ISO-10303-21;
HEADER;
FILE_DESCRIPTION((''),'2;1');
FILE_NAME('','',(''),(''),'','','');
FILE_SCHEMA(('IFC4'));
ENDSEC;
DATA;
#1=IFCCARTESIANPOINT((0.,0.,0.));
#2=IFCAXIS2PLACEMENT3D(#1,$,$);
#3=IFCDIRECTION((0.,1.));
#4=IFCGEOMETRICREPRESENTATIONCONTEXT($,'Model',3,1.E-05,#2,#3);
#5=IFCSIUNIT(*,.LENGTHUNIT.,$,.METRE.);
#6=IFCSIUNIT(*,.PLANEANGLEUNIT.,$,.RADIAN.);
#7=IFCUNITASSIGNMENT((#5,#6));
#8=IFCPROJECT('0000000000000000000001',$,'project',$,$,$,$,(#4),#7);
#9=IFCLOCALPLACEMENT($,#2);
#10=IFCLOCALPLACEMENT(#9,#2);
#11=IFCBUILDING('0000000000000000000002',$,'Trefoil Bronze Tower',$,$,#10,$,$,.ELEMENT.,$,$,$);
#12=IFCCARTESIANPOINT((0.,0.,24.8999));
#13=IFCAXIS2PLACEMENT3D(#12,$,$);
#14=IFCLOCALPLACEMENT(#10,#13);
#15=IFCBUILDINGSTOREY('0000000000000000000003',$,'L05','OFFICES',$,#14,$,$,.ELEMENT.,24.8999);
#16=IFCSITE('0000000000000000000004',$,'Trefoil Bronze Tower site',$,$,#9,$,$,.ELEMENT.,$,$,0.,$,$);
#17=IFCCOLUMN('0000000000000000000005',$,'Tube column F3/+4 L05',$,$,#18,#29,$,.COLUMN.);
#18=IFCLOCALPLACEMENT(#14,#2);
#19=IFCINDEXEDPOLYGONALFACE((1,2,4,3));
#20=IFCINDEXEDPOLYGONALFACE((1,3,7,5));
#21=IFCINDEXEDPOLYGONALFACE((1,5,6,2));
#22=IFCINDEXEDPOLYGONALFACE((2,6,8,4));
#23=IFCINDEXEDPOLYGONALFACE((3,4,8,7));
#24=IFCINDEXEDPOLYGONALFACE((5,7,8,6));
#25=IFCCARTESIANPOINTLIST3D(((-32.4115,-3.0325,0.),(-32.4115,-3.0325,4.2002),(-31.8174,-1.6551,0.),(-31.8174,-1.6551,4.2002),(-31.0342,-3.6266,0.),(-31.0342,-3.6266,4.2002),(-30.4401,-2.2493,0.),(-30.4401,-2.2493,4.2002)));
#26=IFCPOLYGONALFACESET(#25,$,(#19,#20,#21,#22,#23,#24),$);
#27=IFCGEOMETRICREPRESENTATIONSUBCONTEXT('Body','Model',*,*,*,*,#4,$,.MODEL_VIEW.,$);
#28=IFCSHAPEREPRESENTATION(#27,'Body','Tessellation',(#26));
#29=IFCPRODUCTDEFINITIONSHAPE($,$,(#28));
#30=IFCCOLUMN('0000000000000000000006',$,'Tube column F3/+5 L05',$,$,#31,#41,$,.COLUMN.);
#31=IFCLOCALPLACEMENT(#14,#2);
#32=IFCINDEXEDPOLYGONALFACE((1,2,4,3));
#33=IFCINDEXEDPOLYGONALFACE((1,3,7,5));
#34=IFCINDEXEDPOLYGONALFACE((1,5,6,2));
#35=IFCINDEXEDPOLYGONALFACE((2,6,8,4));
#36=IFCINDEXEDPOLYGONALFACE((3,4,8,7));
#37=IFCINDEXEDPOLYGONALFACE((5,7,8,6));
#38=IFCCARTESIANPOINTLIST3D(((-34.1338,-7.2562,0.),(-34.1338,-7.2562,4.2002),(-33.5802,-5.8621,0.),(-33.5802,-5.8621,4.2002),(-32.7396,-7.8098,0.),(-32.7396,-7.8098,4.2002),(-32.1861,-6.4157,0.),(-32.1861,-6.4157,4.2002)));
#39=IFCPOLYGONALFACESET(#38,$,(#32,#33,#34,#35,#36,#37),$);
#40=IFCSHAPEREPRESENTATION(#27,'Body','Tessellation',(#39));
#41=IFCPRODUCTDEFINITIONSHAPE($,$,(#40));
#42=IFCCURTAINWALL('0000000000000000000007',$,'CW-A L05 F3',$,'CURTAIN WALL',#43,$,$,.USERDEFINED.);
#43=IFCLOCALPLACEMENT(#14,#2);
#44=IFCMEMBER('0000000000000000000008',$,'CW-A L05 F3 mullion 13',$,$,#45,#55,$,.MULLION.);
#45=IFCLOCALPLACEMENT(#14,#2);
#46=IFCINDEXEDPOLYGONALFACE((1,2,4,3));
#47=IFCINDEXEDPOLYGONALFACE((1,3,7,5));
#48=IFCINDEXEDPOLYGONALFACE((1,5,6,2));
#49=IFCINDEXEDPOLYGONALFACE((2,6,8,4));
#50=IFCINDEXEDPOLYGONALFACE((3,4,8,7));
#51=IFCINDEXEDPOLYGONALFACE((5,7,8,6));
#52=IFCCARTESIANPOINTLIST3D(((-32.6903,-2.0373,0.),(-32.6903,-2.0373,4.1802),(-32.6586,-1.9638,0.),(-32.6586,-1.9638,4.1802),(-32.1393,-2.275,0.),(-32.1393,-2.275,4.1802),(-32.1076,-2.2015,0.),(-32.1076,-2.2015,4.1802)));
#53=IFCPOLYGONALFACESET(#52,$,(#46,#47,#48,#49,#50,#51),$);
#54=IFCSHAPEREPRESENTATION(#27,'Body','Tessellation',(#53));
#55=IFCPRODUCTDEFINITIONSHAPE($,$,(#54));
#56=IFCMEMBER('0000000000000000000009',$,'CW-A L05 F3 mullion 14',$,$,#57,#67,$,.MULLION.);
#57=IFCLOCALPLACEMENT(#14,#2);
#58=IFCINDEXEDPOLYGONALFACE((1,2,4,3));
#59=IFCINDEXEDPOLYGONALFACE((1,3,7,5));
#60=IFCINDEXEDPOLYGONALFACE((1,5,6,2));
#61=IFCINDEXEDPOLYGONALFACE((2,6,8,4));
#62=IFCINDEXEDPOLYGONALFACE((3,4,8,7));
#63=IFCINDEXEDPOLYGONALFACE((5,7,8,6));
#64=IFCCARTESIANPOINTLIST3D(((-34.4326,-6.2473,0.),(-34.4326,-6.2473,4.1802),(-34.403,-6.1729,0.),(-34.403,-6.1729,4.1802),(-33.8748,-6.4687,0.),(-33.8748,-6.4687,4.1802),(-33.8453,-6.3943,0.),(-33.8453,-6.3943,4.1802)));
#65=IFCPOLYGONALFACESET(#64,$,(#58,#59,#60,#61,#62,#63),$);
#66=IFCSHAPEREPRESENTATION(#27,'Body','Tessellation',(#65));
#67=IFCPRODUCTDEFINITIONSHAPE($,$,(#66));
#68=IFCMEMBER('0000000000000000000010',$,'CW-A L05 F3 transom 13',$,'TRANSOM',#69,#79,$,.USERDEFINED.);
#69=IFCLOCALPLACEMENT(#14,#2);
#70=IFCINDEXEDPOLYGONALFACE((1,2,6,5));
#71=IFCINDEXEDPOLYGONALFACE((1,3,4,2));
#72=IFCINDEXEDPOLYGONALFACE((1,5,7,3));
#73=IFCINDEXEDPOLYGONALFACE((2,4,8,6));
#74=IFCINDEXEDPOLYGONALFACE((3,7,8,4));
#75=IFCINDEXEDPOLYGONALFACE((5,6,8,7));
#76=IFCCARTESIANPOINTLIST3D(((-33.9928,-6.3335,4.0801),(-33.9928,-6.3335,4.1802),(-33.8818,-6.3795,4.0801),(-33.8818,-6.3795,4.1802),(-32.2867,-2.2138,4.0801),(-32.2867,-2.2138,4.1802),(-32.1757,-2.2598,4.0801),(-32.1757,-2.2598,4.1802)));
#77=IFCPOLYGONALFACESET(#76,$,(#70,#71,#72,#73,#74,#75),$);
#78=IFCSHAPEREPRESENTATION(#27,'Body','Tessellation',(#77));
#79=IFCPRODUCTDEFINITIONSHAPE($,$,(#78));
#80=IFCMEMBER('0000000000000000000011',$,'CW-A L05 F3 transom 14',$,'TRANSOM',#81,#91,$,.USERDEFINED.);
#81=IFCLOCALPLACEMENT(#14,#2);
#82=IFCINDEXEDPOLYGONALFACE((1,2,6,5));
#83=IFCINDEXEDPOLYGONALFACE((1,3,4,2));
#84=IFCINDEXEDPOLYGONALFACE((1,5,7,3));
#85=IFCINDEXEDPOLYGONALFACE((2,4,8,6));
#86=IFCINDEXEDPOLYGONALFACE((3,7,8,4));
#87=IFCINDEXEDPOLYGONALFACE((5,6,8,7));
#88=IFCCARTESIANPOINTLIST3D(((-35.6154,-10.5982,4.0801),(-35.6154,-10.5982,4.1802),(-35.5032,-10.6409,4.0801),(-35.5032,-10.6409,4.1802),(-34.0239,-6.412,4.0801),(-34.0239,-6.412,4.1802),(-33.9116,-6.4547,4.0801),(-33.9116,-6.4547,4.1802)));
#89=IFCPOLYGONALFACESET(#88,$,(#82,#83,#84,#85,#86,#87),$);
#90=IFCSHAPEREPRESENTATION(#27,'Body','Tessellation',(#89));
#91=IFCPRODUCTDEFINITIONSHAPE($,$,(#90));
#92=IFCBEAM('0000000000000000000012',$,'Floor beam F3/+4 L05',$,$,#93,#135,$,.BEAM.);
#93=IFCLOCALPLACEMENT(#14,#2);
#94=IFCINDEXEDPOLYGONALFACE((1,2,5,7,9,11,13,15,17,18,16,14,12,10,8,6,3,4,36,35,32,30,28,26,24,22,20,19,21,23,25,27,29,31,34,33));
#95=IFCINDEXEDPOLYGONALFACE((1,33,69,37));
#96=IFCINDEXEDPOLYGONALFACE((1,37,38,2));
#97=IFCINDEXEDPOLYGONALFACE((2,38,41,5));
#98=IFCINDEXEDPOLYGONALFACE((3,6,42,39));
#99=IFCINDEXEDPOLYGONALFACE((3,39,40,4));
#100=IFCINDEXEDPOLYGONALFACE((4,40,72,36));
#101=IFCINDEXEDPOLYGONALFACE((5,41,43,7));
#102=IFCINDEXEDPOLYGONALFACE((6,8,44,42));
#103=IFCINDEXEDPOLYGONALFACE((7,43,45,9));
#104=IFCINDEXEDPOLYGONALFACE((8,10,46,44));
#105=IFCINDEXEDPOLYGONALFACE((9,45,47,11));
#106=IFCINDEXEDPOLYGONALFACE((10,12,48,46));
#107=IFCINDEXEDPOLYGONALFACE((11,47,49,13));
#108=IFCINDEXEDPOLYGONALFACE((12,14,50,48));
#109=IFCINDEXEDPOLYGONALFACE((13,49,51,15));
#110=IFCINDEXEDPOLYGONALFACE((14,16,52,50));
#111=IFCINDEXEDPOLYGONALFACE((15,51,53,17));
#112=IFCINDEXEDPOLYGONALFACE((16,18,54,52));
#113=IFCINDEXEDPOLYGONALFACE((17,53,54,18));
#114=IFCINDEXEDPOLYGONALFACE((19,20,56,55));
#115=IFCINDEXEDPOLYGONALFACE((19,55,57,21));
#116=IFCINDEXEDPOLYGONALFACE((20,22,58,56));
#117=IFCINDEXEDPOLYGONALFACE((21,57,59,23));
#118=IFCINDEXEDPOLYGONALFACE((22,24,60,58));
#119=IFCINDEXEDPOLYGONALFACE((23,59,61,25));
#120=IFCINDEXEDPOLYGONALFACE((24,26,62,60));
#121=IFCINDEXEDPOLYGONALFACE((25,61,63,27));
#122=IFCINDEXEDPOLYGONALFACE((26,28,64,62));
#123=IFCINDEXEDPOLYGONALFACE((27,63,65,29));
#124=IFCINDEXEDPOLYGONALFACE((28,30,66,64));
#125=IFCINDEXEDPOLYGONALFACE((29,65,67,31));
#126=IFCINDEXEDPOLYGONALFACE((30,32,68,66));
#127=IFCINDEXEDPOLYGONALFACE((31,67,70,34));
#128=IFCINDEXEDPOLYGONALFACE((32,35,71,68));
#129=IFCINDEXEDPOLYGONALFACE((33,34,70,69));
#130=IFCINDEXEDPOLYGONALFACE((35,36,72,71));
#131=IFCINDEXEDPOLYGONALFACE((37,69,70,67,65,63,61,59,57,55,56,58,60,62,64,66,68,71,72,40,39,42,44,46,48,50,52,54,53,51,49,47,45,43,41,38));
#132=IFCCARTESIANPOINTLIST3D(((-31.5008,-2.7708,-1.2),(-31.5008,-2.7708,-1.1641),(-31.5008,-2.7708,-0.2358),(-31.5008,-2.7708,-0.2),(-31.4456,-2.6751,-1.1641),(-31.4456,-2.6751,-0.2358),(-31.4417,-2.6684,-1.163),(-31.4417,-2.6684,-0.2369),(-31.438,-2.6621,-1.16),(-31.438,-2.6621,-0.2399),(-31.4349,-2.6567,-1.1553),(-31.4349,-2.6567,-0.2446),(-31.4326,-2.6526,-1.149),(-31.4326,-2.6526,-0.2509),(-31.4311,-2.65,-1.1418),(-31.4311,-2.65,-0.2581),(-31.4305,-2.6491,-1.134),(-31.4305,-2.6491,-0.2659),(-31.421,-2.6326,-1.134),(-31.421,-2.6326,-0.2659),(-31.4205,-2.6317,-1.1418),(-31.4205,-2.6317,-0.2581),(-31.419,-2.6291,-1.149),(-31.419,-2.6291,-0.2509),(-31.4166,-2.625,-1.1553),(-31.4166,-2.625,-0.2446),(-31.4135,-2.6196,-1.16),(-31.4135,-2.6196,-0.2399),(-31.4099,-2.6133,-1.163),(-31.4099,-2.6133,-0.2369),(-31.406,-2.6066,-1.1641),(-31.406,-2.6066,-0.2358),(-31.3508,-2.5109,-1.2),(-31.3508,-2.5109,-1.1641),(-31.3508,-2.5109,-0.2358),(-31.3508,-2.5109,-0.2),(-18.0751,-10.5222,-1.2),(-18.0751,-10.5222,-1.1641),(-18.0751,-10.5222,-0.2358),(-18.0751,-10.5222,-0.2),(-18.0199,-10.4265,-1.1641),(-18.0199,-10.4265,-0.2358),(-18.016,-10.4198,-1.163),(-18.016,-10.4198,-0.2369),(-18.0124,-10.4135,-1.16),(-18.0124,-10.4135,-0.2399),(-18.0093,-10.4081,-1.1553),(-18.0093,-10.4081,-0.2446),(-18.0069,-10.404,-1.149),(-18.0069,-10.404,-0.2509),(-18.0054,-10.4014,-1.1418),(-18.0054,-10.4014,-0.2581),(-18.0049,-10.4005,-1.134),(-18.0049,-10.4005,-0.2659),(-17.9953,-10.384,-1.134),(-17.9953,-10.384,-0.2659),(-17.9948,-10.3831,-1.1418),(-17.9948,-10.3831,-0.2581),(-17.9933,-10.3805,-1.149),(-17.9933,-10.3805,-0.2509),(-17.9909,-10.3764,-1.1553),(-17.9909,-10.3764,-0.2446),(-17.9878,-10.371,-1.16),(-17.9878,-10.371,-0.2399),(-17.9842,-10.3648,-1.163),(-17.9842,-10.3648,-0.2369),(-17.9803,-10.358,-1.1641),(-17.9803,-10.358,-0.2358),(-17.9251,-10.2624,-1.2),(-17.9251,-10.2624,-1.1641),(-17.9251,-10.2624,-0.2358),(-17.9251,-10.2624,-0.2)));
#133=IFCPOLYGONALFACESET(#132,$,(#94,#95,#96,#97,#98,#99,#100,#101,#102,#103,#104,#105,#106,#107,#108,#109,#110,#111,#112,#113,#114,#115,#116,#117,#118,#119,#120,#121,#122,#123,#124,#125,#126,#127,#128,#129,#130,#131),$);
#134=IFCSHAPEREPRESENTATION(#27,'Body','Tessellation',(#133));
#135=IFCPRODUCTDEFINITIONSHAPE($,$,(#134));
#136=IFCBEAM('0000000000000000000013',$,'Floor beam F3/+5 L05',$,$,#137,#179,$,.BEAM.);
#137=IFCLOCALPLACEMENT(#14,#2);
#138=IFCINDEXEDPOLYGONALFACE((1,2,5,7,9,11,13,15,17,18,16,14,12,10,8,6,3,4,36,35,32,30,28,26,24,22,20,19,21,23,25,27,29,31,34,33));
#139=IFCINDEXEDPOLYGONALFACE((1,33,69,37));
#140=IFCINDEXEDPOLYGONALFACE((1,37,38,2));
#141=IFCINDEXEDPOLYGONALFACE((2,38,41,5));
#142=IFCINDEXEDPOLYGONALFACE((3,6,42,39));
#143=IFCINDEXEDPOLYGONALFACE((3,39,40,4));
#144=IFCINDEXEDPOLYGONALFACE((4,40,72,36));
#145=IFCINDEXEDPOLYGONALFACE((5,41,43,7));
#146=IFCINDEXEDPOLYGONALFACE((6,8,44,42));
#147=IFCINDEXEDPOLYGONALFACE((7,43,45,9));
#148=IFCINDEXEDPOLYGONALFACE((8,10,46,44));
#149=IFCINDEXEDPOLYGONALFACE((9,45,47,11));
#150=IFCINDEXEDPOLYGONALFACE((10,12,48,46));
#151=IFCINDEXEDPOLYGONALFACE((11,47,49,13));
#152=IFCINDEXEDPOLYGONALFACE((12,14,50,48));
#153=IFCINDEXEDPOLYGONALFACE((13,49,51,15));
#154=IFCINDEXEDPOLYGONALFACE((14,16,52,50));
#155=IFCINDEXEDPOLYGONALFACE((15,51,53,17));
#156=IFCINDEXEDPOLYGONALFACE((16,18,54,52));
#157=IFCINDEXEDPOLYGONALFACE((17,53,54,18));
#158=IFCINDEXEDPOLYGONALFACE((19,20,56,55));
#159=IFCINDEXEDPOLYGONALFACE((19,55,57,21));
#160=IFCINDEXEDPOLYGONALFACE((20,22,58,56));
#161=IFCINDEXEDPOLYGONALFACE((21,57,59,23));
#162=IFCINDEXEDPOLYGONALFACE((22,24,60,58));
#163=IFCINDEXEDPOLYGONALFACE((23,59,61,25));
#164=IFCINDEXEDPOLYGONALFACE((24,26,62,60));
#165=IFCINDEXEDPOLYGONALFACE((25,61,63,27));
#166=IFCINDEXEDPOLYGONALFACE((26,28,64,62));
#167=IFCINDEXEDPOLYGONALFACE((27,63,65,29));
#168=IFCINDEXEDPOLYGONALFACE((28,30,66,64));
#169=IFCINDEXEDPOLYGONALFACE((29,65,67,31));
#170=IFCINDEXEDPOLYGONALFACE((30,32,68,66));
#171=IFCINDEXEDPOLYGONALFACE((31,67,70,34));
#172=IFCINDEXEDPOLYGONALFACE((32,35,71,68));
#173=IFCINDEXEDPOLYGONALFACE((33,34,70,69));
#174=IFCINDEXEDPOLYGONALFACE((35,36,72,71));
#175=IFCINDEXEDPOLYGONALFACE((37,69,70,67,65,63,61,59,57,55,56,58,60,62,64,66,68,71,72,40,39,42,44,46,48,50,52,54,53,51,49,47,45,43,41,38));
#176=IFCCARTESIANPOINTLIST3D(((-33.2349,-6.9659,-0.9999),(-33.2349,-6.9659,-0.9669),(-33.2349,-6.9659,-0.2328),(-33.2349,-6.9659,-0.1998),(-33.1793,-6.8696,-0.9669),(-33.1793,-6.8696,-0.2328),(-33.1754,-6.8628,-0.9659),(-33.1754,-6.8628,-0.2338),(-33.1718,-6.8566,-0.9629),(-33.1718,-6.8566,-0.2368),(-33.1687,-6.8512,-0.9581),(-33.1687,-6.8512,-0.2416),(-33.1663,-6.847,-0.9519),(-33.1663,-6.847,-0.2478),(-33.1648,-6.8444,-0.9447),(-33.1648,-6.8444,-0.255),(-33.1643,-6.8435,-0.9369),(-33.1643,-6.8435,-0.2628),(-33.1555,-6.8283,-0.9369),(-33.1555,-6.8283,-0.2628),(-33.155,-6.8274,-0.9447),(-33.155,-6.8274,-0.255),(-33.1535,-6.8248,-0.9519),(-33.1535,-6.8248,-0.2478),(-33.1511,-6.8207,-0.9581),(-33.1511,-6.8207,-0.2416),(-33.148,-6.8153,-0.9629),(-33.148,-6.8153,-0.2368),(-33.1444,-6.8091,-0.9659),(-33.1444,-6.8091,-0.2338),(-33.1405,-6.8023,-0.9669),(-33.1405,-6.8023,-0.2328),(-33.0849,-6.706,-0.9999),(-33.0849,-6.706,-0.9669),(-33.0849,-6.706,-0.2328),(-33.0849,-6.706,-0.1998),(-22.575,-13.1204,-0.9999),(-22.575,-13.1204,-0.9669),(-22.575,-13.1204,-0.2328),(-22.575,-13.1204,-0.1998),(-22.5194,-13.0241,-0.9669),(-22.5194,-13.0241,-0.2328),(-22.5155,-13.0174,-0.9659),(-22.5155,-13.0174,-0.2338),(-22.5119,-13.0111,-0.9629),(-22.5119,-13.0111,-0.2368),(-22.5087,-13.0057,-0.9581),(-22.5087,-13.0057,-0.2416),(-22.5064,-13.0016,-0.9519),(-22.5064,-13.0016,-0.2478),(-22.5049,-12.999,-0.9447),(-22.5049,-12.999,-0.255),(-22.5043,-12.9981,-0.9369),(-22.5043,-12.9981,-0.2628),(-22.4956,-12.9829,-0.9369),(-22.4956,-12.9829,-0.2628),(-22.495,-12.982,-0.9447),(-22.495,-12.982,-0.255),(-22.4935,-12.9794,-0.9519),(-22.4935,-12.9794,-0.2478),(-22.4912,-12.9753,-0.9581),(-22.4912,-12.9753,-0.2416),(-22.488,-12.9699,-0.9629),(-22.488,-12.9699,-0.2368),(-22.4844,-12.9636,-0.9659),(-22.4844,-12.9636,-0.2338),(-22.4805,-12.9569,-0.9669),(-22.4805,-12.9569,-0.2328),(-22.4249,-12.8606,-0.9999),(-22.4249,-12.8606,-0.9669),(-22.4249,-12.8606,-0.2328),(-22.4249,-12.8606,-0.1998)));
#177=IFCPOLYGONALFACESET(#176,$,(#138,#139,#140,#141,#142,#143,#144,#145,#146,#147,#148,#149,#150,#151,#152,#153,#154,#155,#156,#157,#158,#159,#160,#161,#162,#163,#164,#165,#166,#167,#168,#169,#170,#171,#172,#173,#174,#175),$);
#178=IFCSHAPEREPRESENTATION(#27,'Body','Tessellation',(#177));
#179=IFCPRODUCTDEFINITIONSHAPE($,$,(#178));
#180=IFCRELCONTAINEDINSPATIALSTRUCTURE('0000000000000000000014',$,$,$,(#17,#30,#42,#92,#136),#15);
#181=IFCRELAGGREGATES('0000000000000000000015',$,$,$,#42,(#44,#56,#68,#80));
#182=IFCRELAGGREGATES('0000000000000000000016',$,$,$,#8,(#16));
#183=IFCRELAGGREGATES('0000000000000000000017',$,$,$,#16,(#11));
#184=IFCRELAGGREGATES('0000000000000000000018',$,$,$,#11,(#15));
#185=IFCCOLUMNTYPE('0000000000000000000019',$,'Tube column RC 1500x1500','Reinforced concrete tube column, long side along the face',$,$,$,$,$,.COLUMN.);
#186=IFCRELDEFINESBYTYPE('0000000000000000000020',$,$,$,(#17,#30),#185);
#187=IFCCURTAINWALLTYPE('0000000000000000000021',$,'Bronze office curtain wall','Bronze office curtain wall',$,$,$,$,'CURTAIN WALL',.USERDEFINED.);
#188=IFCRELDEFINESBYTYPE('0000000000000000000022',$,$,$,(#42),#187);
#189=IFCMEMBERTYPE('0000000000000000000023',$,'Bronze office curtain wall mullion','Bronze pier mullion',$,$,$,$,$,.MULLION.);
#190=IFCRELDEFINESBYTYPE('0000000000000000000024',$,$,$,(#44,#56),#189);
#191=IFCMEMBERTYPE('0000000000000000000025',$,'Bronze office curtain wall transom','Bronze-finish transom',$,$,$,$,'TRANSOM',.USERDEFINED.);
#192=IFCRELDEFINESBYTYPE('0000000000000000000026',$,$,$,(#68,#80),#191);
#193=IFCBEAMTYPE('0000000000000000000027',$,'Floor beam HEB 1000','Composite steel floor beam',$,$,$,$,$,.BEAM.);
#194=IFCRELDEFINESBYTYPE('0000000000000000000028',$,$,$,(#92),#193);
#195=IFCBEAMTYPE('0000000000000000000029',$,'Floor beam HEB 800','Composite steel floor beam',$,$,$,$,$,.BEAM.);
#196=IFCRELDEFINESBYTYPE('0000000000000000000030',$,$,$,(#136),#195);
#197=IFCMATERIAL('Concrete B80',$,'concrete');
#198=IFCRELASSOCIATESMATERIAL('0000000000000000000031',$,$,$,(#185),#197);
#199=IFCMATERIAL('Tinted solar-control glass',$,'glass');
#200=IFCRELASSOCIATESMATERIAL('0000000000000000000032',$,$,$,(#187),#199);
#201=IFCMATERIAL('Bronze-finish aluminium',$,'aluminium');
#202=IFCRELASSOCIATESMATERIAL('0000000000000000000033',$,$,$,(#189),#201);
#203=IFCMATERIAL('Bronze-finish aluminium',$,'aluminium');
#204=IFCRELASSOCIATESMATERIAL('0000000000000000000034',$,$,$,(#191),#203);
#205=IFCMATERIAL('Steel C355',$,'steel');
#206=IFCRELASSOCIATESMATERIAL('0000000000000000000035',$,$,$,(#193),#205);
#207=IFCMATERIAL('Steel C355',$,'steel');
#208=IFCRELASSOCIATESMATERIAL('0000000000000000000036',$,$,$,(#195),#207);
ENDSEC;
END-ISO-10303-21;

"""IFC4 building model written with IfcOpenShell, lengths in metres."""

from ifc_helpers import new_model, si_unit, direction, frame, origin, origin_2d, place, context, subcontext, project, spatial, rectangle, i_section, extrude, material, material_profile, profile_set, type_object, element, aggregate, save


model = new_model("IFC4")

# Units and contexts
model_context = context("Model", 3, precision=1e-05, world=origin(), true_north=direction((0.0, 1.0)))
body_context = subcontext(model_context, "Body", "Model", "MODEL_VIEW")
ifc_project = project(units=[si_unit("LENGTHUNIT", "METRE"), si_unit("PLANEANGLEUNIT", "RADIAN")], contexts=[model_context])

# Site, building, storey
site_placement = place(None, origin())
site = spatial("IfcSite", under=ifc_project, at=site_placement, Name="Trefoil Bronze Tower site", CompositionType="ELEMENT", RefElevation=0.0)
building_placement = place(site_placement, origin())
building = spatial("IfcBuilding", under=site, at=building_placement, Name="Trefoil Bronze Tower", CompositionType="ELEMENT")
storey_placement = place(building_placement, frame((0.0, 0.0, 24.8999)))
storey = spatial("IfcBuildingStorey", under=building, at=storey_placement, Name="L05", Description="OFFICES", CompositionType="ELEMENT", Elevation=24.8999)

# Columns
ifc_material_1 = material(Name="Concrete B80", Category="concrete")
ifc_material_profile_1 = material_profile(ifc_material_1, rectangle(XDim=1.5, YDim=1.5, at=origin_2d()), Name="RC 1500x1500")
ifc_profile_set_1 = profile_set([ifc_material_profile_1], Name="Concrete B80")
column_type = type_object("IfcColumnType", Name="Tube column RC 1500x1500", Description="Reinforced concrete tube column, long side along the face", PredefinedType="COLUMN", material=ifc_profile_set_1)
for number, where, z_axis, x_axis, name in (
    (1, (-31.4258, -2.6409, 0.0), (0.0, 0.0, 1.0), (-0.396085, -0.918214, 0.0), "Tube column F3/+4 L05"),
    (2, (-33.1599, -6.8359, 0.0), (0.0, 0.0, 1.0), (-0.36904, -0.929414, 0.0), "Tube column F3/+5 L05"),
):
    element("IfcColumn", number, at=place(storey_placement, frame(where, z_axis=z_axis, x_axis=x_axis)), inside=storey, type_object=column_type, Name=name, PredefinedType="COLUMN", context=body_context, shape_type="SweptSolid", body=[
        extrude(rectangle(XDim=1.5, YDim=1.5, at=origin_2d()), origin(), (0.0, 0.0, 1.0), 4.2002),
    ])

# Curtain wall, members
ifc_material_2 = material(Name="Tinted solar-control glass", Category="glass")
curtain_wall_type = type_object("IfcCurtainWallType", Name="Bronze office curtain wall", Description="Bronze office curtain wall", ElementType="CURTAIN WALL", PredefinedType="USERDEFINED", material=ifc_material_2)
curtain_wall_placement = place(storey_placement, origin())
curtain_wall = element("IfcCurtainWall", 3, at=curtain_wall_placement, inside=storey, type_object=curtain_wall_type, Name="CW-A L05 F3", ObjectType="CURTAIN WALL", PredefinedType="USERDEFINED")
ifc_material_3 = material(Name="Bronze-finish aluminium", Category="aluminium")
ifc_material_profile_2 = material_profile(ifc_material_3, rectangle(XDim=0.6001, YDim=0.0801, at=origin_2d()), Name="CW-A mullion")
ifc_profile_set_2 = profile_set([ifc_material_profile_2], Name="Bronze-finish aluminium")
member_type_1 = type_object("IfcMemberType", Name="Bronze office curtain wall mullion", Description="Bronze pier mullion", PredefinedType="MULLION", material=ifc_profile_set_2)
member_1_placement = place(storey_placement, frame((-32.3989, -2.1194, 0.0), z_axis=(0.0, 0.0, 1.0), x_axis=(0.918214, -0.396085, 0.0)))
member_1 = element("IfcMember", 4, at=member_1_placement, type_object=member_type_1, Name="CW-A L05 F3 mullion 13", PredefinedType="MULLION", context=body_context, shape_type="SweptSolid", body=[
    extrude(rectangle(XDim=0.6001, YDim=0.0801, at=origin_2d()), origin(), (0.0, 0.0, 1.0), 4.1802),
])
member_2_placement = place(storey_placement, frame((-34.1389, -6.3208, 0.0), z_axis=(0.0, 0.0, 1.0), x_axis=(0.929414, -0.36904, 0.0)))
member_2 = element("IfcMember", 5, at=member_2_placement, type_object=member_type_1, Name="CW-A L05 F3 mullion 14", PredefinedType="MULLION", context=body_context, shape_type="SweptSolid", body=[
    extrude(rectangle(XDim=0.6001, YDim=0.0801, at=origin_2d()), origin(), (0.0, 0.0, 1.0), 4.1802),
])
ifc_material_4 = material(Name="Bronze-finish aluminium", Category="aluminium")
ifc_material_profile_3 = material_profile(ifc_material_4, rectangle(XDim=0.1201, YDim=0.1001, at=origin_2d()), Name="CW-A transom")
ifc_profile_set_3 = profile_set([ifc_material_profile_3], Name="Bronze-finish aluminium")
member_type_2 = type_object("IfcMemberType", Name="Bronze office curtain wall transom", Description="Bronze-finish transom", ElementType="TRANSOM", PredefinedType="USERDEFINED", material=ifc_profile_set_3)
member_3_placement = place(storey_placement, frame((-32.2312, -2.2368, 4.1301), z_axis=(-0.382616, -0.923907, 0.0), x_axis=(0.923907, -0.382616, 0.0)))
member_3 = element("IfcMember", 6, at=member_3_placement, type_object=member_type_2, Name="CW-A L05 F3 transom 13", ObjectType="TRANSOM", PredefinedType="USERDEFINED", context=body_context, shape_type="SweptSolid", body=[
    extrude(rectangle(XDim=0.1201, YDim=0.1001, at=origin_2d()), origin(), (0.0, 0.0, 1.0), 4.459),
])
member_4_placement = place(storey_placement, frame((-33.9678, -6.4333, 4.1301), z_axis=(-0.355367, -0.934727, 0.0), x_axis=(0.934727, -0.355367, 0.0)))
member_4 = element("IfcMember", 7, at=member_4_placement, type_object=member_type_2, Name="CW-A L05 F3 transom 14", ObjectType="TRANSOM", PredefinedType="USERDEFINED", context=body_context, shape_type="SweptSolid", body=[
    extrude(rectangle(XDim=0.1201, YDim=0.1001, at=origin_2d()), origin(), (0.0, 0.0, 1.0), 4.4785),
])

# Beams
ifc_material_5 = material(Name="Steel C355", Category="steel")
ifc_material_profile_4 = material_profile(ifc_material_5, i_section(OverallWidth=0.3, OverallDepth=1.0, WebThickness=0.019, FlangeThickness=0.0359, FilletRadius=0.03, at=origin_2d()), Name="HEB 1000")
ifc_profile_set_4 = profile_set([ifc_material_profile_4], Name="Steel C355")
beam_type_1 = type_object("IfcBeamType", Name="Floor beam HEB 1000", Description="Composite steel floor beam", PredefinedType="BEAM", material=ifc_profile_set_4)
beam_1_placement = place(storey_placement, frame((-31.4258, -2.6409, -0.7), z_axis=(0.866023, -0.500004, 0.0), x_axis=(0.500004, 0.866023, 0.0)))
element("IfcBeam", 8, at=beam_1_placement, inside=storey, type_object=beam_type_1, Name="Floor beam F3/+4 L05", PredefinedType="BEAM", context=body_context, shape_type="SweptSolid", body=[
    extrude(i_section(OverallWidth=0.3, OverallDepth=1.0, WebThickness=0.019, FlangeThickness=0.0359, FilletRadius=0.03, at=origin_2d()), origin(), (0.0, 0.0, 1.0), 15.5027),
])
ifc_material_6 = material(Name="Steel C355", Category="steel")
ifc_material_profile_5 = material_profile(ifc_material_6, i_section(OverallWidth=0.3, OverallDepth=0.8, WebThickness=0.0176, FlangeThickness=0.033, FilletRadius=0.03, at=origin_2d()), Name="HEB 800")
ifc_profile_set_5 = profile_set([ifc_material_profile_5], Name="Steel C355")
beam_type_2 = type_object("IfcBeamType", Name="Floor beam HEB 800", Description="Composite steel floor beam", PredefinedType="BEAM", material=ifc_profile_set_5)
beam_2_placement = place(storey_placement, frame((-33.1599, -6.8359, -0.5999), z_axis=(0.866024, -0.500002, 0.0), x_axis=(0.500002, 0.866024, 0.0)))
element("IfcBeam", 9, at=beam_2_placement, inside=storey, type_object=beam_type_2, Name="Floor beam F3/+5 L05", PredefinedType="BEAM", context=body_context, shape_type="SweptSolid", body=[
    extrude(i_section(OverallWidth=0.3, OverallDepth=0.8, WebThickness=0.0176, FlangeThickness=0.033, FilletRadius=0.03, at=origin_2d()), origin(), (0.0, 0.0, 1.0), 12.3091),
])

aggregate(curtain_wall, [member_1, member_2, member_3, member_4])

save(model, "model.ifc")
